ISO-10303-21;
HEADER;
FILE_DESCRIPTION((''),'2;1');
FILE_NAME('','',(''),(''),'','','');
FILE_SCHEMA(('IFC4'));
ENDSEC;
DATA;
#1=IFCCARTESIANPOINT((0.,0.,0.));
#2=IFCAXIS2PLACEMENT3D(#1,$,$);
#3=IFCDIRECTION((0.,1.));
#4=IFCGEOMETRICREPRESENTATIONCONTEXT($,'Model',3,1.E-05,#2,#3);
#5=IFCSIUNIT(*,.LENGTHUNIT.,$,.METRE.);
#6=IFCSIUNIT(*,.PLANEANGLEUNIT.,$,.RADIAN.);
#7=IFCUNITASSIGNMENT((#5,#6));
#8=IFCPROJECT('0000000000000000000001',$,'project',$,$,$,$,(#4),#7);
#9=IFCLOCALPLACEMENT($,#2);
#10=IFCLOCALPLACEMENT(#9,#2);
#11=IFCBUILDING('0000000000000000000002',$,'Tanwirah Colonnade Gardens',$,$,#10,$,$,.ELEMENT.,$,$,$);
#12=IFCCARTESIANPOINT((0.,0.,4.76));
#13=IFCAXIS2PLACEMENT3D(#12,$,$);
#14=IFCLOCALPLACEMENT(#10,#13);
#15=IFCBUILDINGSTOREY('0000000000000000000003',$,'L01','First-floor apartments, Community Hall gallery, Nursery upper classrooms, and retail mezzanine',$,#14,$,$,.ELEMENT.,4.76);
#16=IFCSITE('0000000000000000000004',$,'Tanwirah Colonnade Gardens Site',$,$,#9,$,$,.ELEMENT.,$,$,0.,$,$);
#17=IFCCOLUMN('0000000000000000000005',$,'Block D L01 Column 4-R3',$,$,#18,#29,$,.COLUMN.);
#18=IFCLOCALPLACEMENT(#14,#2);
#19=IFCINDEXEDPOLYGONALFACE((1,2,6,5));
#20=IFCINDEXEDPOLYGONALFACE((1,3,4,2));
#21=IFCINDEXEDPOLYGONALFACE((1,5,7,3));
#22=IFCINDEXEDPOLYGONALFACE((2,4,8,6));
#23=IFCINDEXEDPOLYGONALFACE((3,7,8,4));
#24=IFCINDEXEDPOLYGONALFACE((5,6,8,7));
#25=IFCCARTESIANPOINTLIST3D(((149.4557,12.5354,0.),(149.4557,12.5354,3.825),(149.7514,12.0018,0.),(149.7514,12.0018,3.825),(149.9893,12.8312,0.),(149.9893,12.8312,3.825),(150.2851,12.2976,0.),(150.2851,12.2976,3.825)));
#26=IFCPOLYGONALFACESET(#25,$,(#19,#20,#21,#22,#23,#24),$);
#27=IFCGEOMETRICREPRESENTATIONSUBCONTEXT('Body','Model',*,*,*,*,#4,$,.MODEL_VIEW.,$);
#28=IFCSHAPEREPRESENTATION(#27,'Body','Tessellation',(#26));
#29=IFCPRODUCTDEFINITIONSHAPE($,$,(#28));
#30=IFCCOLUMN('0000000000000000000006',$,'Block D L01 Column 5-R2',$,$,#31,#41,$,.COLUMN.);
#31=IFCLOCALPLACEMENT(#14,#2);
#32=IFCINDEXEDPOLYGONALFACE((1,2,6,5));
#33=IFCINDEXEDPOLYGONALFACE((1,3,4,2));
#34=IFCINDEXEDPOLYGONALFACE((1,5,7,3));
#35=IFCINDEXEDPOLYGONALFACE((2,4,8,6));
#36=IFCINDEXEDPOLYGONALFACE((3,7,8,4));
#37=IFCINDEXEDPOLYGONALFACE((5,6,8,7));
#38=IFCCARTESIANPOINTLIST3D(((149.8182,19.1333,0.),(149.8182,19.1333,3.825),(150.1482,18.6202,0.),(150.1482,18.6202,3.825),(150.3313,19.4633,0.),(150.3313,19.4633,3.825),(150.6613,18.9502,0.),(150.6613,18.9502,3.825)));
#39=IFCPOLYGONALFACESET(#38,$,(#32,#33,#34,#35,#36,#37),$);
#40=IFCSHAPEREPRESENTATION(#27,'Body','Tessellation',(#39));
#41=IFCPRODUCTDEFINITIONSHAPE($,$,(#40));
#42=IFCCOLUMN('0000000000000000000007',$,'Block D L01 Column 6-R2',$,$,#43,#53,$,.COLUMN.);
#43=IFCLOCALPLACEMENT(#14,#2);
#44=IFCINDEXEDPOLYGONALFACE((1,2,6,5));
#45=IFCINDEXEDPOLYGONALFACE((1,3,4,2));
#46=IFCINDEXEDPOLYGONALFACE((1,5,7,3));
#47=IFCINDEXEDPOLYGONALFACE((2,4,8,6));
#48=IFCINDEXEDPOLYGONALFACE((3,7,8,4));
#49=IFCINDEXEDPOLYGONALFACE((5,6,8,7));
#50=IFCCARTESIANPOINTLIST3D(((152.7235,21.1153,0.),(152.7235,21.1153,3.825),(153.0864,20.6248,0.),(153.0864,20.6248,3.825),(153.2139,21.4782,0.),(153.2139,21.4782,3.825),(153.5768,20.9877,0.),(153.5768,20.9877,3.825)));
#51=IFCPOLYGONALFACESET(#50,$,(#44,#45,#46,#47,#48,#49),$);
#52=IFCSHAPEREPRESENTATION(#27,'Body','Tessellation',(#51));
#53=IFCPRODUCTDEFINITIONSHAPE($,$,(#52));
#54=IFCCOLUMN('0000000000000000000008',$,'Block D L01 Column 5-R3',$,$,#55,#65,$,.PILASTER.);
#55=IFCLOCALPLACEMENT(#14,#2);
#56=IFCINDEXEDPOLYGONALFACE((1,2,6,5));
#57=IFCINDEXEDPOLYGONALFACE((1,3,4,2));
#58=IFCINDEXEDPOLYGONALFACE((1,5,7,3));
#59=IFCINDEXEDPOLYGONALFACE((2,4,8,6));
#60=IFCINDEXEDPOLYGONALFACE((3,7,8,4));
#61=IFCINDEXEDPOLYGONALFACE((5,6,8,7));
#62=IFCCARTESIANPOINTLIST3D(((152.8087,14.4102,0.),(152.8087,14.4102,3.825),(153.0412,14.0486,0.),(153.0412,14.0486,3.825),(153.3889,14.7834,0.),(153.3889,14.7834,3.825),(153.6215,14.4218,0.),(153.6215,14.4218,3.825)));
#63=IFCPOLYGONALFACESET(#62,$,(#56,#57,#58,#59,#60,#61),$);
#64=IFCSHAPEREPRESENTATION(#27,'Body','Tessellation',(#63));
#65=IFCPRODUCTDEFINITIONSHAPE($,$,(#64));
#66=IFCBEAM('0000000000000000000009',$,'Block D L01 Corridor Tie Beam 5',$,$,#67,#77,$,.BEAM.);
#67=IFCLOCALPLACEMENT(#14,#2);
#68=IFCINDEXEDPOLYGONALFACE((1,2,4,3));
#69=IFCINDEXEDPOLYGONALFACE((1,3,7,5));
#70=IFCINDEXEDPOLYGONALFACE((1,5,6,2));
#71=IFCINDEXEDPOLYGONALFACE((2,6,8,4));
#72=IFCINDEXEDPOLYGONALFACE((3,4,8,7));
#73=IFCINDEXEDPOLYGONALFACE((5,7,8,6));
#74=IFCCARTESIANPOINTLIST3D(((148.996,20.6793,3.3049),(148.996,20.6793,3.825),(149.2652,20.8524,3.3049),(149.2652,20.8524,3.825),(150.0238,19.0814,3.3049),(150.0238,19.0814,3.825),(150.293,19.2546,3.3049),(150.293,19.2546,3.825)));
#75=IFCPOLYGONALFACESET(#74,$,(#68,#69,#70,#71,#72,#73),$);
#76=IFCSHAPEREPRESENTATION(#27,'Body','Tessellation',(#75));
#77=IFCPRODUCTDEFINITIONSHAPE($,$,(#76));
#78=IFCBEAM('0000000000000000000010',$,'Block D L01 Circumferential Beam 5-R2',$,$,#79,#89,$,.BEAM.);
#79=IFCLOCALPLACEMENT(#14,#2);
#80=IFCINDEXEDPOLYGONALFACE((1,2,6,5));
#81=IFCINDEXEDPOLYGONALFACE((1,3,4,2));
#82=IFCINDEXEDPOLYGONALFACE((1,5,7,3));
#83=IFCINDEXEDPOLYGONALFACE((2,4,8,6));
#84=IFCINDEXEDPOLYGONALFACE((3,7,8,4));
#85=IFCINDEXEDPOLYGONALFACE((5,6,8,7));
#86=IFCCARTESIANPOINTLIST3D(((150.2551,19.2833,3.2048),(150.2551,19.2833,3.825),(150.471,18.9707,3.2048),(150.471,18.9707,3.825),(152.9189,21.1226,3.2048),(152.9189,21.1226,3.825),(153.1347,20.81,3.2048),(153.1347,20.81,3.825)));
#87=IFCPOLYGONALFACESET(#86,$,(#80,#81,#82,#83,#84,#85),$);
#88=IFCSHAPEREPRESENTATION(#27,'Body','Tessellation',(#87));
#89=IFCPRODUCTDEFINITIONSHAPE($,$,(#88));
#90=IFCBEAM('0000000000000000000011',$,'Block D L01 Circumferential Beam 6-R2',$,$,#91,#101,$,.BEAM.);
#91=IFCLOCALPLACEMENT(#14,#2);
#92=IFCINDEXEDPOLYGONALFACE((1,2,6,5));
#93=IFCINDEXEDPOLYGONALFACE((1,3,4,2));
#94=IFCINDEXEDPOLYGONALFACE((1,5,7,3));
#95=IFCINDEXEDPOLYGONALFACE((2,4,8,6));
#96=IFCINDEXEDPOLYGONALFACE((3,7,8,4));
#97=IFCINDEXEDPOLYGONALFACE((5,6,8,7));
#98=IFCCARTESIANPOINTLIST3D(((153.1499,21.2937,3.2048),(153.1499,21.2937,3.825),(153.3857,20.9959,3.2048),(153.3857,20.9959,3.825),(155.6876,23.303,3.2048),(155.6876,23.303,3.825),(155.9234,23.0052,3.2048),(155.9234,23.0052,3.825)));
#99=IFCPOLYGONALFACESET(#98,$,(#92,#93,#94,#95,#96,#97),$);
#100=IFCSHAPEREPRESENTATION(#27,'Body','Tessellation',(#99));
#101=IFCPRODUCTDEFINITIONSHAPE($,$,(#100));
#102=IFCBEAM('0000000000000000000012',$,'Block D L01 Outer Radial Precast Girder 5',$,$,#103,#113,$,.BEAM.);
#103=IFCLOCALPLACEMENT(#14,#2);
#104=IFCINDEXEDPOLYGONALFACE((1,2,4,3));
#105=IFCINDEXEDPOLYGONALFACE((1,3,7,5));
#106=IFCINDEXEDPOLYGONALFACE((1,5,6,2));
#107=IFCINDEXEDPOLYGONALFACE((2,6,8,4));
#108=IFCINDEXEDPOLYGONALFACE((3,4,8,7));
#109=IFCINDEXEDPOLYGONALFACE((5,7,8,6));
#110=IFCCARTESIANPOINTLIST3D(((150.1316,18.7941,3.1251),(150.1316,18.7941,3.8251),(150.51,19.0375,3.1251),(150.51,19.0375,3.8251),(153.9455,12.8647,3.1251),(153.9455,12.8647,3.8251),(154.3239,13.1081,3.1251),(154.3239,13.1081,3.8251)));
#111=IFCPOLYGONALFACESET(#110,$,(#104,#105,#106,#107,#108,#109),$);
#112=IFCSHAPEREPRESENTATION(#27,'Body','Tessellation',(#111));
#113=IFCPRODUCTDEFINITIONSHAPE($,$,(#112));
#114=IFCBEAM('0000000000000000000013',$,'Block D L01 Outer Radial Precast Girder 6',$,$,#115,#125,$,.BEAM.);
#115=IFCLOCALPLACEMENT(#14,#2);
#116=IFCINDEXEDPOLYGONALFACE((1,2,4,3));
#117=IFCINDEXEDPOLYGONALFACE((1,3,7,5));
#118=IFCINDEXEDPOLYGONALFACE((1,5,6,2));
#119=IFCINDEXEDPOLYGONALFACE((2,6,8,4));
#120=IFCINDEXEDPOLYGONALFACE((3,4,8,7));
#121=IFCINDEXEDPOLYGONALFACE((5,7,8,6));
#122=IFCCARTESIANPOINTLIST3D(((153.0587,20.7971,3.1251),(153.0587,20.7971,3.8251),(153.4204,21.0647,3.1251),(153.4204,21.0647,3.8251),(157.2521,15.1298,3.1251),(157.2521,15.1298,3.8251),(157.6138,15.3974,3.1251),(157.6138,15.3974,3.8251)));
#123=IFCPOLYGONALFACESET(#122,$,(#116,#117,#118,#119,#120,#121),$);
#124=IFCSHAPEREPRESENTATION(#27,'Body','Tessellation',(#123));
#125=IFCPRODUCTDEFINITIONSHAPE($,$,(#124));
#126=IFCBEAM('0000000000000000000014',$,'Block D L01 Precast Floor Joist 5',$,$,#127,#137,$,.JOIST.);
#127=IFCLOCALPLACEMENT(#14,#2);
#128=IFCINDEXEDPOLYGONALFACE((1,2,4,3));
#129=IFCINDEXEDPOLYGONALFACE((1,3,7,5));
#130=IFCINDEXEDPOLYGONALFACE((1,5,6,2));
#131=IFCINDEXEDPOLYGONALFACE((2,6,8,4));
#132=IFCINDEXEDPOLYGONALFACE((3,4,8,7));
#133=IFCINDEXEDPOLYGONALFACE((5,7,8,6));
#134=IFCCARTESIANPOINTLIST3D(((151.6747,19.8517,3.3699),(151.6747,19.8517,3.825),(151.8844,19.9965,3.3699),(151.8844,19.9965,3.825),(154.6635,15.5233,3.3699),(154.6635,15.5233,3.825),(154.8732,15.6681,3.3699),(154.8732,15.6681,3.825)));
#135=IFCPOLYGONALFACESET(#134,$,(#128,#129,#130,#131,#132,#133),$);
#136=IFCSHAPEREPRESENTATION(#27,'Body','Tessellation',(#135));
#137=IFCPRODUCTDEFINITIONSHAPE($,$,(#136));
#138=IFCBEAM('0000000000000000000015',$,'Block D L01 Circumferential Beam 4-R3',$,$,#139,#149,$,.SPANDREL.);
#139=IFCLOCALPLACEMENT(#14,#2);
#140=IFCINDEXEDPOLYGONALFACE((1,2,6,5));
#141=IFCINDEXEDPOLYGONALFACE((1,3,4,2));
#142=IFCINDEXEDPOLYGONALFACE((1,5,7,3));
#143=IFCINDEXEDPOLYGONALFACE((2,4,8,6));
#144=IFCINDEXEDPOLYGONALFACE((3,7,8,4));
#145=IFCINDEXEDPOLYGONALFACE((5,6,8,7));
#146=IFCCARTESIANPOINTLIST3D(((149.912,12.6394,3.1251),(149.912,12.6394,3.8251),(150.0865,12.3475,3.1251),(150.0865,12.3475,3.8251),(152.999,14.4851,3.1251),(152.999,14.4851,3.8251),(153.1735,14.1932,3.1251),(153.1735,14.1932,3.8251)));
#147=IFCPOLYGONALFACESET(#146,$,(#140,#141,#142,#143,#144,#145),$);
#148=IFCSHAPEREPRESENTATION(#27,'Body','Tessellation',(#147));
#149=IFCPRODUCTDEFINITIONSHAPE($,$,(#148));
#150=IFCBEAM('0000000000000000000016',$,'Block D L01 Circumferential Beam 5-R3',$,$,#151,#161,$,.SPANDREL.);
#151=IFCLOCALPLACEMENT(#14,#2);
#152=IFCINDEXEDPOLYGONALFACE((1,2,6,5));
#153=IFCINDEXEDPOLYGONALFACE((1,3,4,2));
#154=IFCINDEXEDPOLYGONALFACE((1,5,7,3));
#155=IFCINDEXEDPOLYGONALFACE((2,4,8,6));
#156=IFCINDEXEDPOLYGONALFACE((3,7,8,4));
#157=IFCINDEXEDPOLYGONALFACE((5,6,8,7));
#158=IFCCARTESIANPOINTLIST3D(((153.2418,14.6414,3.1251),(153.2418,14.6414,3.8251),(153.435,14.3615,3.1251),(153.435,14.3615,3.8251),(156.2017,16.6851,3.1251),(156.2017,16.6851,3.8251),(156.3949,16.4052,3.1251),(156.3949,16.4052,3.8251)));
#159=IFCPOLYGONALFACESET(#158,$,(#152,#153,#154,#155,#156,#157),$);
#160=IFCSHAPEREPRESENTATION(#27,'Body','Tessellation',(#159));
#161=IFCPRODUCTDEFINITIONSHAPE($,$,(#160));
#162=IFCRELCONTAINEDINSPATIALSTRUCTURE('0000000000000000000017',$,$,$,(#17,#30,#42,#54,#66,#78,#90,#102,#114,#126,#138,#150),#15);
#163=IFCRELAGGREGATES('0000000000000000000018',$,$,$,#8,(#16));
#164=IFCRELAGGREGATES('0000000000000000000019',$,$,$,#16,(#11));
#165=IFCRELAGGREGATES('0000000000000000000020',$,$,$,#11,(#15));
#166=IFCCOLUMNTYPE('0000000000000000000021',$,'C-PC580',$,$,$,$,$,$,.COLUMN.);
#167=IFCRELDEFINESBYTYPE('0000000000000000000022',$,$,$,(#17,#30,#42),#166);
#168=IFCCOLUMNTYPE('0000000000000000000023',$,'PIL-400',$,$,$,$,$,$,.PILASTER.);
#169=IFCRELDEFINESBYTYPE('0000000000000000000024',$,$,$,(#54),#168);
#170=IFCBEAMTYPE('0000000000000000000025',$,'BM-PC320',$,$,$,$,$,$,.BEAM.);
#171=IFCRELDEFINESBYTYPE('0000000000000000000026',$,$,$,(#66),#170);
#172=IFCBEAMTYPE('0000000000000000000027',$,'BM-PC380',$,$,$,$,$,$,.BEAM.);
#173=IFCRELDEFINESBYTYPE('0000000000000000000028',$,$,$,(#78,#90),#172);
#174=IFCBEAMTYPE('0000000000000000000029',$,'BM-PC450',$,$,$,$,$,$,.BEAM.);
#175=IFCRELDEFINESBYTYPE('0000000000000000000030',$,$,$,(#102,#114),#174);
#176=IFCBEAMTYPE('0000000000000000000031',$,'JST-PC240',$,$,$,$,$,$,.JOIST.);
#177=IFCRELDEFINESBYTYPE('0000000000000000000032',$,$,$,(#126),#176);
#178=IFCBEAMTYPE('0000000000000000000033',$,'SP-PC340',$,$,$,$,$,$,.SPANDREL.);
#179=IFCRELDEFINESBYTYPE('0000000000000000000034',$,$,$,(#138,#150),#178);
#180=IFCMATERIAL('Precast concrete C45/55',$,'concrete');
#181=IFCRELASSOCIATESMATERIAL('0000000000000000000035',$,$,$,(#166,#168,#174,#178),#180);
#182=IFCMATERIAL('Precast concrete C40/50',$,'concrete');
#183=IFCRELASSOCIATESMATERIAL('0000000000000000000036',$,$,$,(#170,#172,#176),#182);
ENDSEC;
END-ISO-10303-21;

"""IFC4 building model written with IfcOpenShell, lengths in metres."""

from ifc_helpers import new_model, si_unit, direction, frame, origin, origin_2d, place, context, subcontext, project, spatial, rectangle, extrude, material, material_profile, profile_set, type_object, element, save


model = new_model("IFC4")

# Units and contexts
model_context = context("Model", 3, precision=1e-05, world=origin(), true_north=direction((0.0, 1.0)))
body_context = subcontext(model_context, "Body", "Model", "MODEL_VIEW")
ifc_project = project(units=[si_unit("LENGTHUNIT", "METRE"), si_unit("PLANEANGLEUNIT", "RADIAN")], contexts=[model_context])

# Site, building, storey
site_placement = place(None, origin())
site = spatial("IfcSite", under=ifc_project, at=site_placement, Name="Tanwirah Colonnade Gardens Site", CompositionType="ELEMENT", RefElevation=0.0)
building_placement = place(site_placement, origin())
building = spatial("IfcBuilding", under=site, at=building_placement, Name="Tanwirah Colonnade Gardens", CompositionType="ELEMENT")
storey_placement = place(building_placement, frame((0.0, 0.0, 4.76)))
storey = spatial("IfcBuildingStorey", under=building, at=storey_placement, Name="L01", Description="First-floor apartments, Community Hall gallery, Nursery upper classrooms, and retail mezzanine", CompositionType="ELEMENT", Elevation=4.76)

# Columns
ifc_material_1 = material(Name="Precast concrete C45/55", Category="concrete")
ifc_material_profile_1 = material_profile(ifc_material_1, rectangle(XDim=0.6101, YDim=0.6101, at=origin_2d()), Name="PC-COL 610x610")
ifc_profile_set_1 = profile_set([ifc_material_profile_1], Name="Precast concrete C45/55")
column_type_1 = type_object("IfcColumnType", Name="C-PC580", PredefinedType="COLUMN", material=ifc_profile_set_1)
for number, where, z_axis, x_axis, name in (
    (1, (149.8704, 12.4165, 0.0), (0.0, 0.0, 1.0), (0.48481, -0.87462, 0.0), "Block D L01 Column 4-R3"),
    (2, (150.2397, 19.0417, 0.0), (0.0, 0.0, 1.0), (0.540974, -0.841039, 0.0), "Block D L01 Column 5-R2"),
    (3, (153.1501, 21.0515, 0.0), (0.0, 0.0, 1.0), (0.594823, -0.803857, 0.0), "Block D L01 Column 6-R2"),
):
    element("IfcColumn", number, at=place(storey_placement, frame(where, z_axis=z_axis, x_axis=x_axis)), inside=storey, type_object=column_type_1, Name=name, PredefinedType="COLUMN", context=body_context, shape_type="SweptSolid", body=[
        extrude(rectangle(XDim=0.6101, YDim=0.6101, at=origin_2d()), origin(), (0.0, 0.0, 1.0), 3.825),
    ])
ifc_material_profile_2 = material_profile(ifc_material_1, rectangle(XDim=0.4299, YDim=0.6899, at=origin_2d()), Name="PC-PIL 430x690")
ifc_profile_set_2 = profile_set([ifc_material_profile_2], Name="Precast concrete C45/55")
column_type_2 = type_object("IfcColumnType", Name="PIL-400", PredefinedType="PILASTER", material=ifc_profile_set_2)
column_placement = place(storey_placement, frame((153.2151, 14.416, 0.0), z_axis=(0.0, 0.0, 1.0), x_axis=(0.540974, -0.841039, 0.0)))
element("IfcColumn", 4, at=column_placement, inside=storey, type_object=column_type_2, Name="Block D L01 Column 5-R3", PredefinedType="PILASTER", context=body_context, shape_type="SweptSolid", body=[
    extrude(rectangle(XDim=0.4299, YDim=0.6899, at=origin_2d()), origin(), (0.0, 0.0, 1.0), 3.825),
])

# Beams
ifc_material_2 = material(Name="Precast concrete C40/50", Category="concrete")
ifc_material_profile_3 = material_profile(ifc_material_2, rectangle(XDim=0.3201, YDim=0.52, at=origin_2d()), Name="PC-BM 320x520")
ifc_profile_set_3 = profile_set([ifc_material_profile_3], Name="Precast concrete C40/50")
beam_type_1 = type_object("IfcBeamType", Name="BM-PC320", PredefinedType="BEAM", material=ifc_profile_set_3)
beam_1_placement = place(storey_placement, frame((149.1306, 20.7659, 3.5649), z_axis=(0.540985, -0.841032, 0.0), x_axis=(0.841032, 0.540985, 0.0)))
element("IfcBeam", 5, at=beam_1_placement, inside=storey, type_object=beam_type_1, Name="Block D L01 Corridor Tie Beam 5", PredefinedType="BEAM", context=body_context, shape_type="SweptSolid", body=[
    extrude(rectangle(XDim=0.3201, YDim=0.52, at=origin_2d()), origin(), (0.0, 0.0, 1.0), 1.8999),
])
ifc_material_profile_4 = material_profile(ifc_material_2, rectangle(XDim=0.3799, YDim=0.6201, at=origin_2d()), Name="PC-BM 380x620")
ifc_profile_set_4 = profile_set([ifc_material_profile_4], Name="Precast concrete C40/50")
beam_type_2 = type_object("IfcBeamType", Name="BM-PC380", PredefinedType="BEAM", material=ifc_profile_set_4)
beam_2_placement = place(storey_placement, frame((150.363, 19.127, 3.5149), z_axis=(0.822889, 0.568202, 0.0), x_axis=(-0.568202, 0.822889, 0.0)))
element("IfcBeam", 6, at=beam_2_placement, inside=storey, type_object=beam_type_2, Name="Block D L01 Circumferential Beam 5-R2", PredefinedType="BEAM", context=body_context, shape_type="SweptSolid", body=[
    extrude(rectangle(XDim=0.3799, YDim=0.6201, at=origin_2d()), origin(), (0.0, 0.0, 1.0), 3.2371),
])
beam_3_placement = place(storey_placement, frame((153.2678, 21.1448, 3.5149), z_axis=(0.783994, 0.620769, 0.0), x_axis=(-0.620769, 0.783994, 0.0)))
element("IfcBeam", 7, at=beam_3_placement, inside=storey, type_object=beam_type_2, Name="Block D L01 Circumferential Beam 6-R2", PredefinedType="BEAM", context=body_context, shape_type="SweptSolid", body=[
    extrude(rectangle(XDim=0.3799, YDim=0.6201, at=origin_2d()), origin(), (0.0, 0.0, 1.0), 3.2368),
])
ifc_material_profile_5 = material_profile(ifc_material_1, rectangle(XDim=0.45, YDim=0.7, at=origin_2d()), Name="PC-BM 450x700")
ifc_profile_set_5 = profile_set([ifc_material_profile_5], Name="Precast concrete C45/55")
beam_type_3 = type_object("IfcBeamType", Name="BM-PC450", PredefinedType="BEAM", material=ifc_profile_set_5)
for number, where, z_axis, x_axis, name in (
    (8, (150.3208, 18.9158, 3.4751), (0.540976, -0.841038, 0.0), (0.841038, 0.540976, 0.0), "Block D L01 Outer Radial Precast Girder 5"),
    (9, (153.2395, 20.9309, 3.4751), (0.594807, -0.803869, 0.0), (0.803869, 0.594807, 0.0), "Block D L01 Outer Radial Precast Girder 6"),
):
    element("IfcBeam", number, at=place(storey_placement, frame(where, z_axis=z_axis, x_axis=x_axis)), inside=storey, type_object=beam_type_3, Name=name, PredefinedType="BEAM", context=body_context, shape_type="SweptSolid", body=[
        extrude(rectangle(XDim=0.45, YDim=0.7, at=origin_2d()), origin(), (0.0, 0.0, 1.0), 7.05),
    ])
ifc_material_profile_6 = material_profile(ifc_material_2, rectangle(XDim=0.2549, YDim=0.4551, at=origin_2d()), Name="PC-JST 255x455")
ifc_profile_set_6 = profile_set([ifc_material_profile_6], Name="Precast concrete C40/50")
beam_type_4 = type_object("IfcBeamType", Name="JST-PC240", PredefinedType="JOIST", material=ifc_profile_set_6)
beam_4_placement = place(storey_placement, frame((151.7795, 19.9241, 3.5974), z_axis=(0.568208, -0.822885, 0.0), x_axis=(0.822885, 0.568208, 0.0)))
element("IfcBeam", 10, at=beam_4_placement, inside=storey, type_object=beam_type_4, Name="Block D L01 Precast Floor Joist 5", PredefinedType="JOIST", context=body_context, shape_type="SweptSolid", body=[
    extrude(rectangle(XDim=0.2549, YDim=0.4551, at=origin_2d()), origin(), (0.0, 0.0, 1.0), 5.26),
])
ifc_material_profile_7 = material_profile(ifc_material_1, rectangle(XDim=0.3401, YDim=0.7, at=origin_2d()), Name="PC-SP 340x700")
ifc_profile_set_7 = profile_set([ifc_material_profile_7], Name="Precast concrete C45/55")
beam_type_5 = type_object("IfcBeamType", Name="SP-PC340", PredefinedType="SPANDREL", material=ifc_profile_set_7)
beam_5_placement = place(storey_placement, frame((149.9993, 12.4934, 3.4751), z_axis=(0.858283, 0.513177, 0.0), x_axis=(-0.513177, 0.858283, 0.0)))
element("IfcBeam", 11, at=beam_5_placement, inside=storey, type_object=beam_type_5, Name="Block D L01 Circumferential Beam 4-R3", PredefinedType="SPANDREL", context=body_context, shape_type="SweptSolid", body=[
    extrude(rectangle(XDim=0.3401, YDim=0.7, at=origin_2d()), origin(), (0.0, 0.0, 1.0), 3.5967),
])
beam_6_placement = place(storey_placement, frame((153.3384, 14.5015, 3.4751), z_axis=(0.822907, 0.568175, 0.0), x_axis=(-0.568175, 0.822907, 0.0)))
element("IfcBeam", 12, at=beam_6_placement, inside=storey, type_object=beam_type_5, Name="Block D L01 Circumferential Beam 5-R3", PredefinedType="SPANDREL", context=body_context, shape_type="SweptSolid", body=[
    extrude(rectangle(XDim=0.3401, YDim=0.7, at=origin_2d()), origin(), (0.0, 0.0, 1.0), 3.5969),
])

save(model, "model.ifc")
